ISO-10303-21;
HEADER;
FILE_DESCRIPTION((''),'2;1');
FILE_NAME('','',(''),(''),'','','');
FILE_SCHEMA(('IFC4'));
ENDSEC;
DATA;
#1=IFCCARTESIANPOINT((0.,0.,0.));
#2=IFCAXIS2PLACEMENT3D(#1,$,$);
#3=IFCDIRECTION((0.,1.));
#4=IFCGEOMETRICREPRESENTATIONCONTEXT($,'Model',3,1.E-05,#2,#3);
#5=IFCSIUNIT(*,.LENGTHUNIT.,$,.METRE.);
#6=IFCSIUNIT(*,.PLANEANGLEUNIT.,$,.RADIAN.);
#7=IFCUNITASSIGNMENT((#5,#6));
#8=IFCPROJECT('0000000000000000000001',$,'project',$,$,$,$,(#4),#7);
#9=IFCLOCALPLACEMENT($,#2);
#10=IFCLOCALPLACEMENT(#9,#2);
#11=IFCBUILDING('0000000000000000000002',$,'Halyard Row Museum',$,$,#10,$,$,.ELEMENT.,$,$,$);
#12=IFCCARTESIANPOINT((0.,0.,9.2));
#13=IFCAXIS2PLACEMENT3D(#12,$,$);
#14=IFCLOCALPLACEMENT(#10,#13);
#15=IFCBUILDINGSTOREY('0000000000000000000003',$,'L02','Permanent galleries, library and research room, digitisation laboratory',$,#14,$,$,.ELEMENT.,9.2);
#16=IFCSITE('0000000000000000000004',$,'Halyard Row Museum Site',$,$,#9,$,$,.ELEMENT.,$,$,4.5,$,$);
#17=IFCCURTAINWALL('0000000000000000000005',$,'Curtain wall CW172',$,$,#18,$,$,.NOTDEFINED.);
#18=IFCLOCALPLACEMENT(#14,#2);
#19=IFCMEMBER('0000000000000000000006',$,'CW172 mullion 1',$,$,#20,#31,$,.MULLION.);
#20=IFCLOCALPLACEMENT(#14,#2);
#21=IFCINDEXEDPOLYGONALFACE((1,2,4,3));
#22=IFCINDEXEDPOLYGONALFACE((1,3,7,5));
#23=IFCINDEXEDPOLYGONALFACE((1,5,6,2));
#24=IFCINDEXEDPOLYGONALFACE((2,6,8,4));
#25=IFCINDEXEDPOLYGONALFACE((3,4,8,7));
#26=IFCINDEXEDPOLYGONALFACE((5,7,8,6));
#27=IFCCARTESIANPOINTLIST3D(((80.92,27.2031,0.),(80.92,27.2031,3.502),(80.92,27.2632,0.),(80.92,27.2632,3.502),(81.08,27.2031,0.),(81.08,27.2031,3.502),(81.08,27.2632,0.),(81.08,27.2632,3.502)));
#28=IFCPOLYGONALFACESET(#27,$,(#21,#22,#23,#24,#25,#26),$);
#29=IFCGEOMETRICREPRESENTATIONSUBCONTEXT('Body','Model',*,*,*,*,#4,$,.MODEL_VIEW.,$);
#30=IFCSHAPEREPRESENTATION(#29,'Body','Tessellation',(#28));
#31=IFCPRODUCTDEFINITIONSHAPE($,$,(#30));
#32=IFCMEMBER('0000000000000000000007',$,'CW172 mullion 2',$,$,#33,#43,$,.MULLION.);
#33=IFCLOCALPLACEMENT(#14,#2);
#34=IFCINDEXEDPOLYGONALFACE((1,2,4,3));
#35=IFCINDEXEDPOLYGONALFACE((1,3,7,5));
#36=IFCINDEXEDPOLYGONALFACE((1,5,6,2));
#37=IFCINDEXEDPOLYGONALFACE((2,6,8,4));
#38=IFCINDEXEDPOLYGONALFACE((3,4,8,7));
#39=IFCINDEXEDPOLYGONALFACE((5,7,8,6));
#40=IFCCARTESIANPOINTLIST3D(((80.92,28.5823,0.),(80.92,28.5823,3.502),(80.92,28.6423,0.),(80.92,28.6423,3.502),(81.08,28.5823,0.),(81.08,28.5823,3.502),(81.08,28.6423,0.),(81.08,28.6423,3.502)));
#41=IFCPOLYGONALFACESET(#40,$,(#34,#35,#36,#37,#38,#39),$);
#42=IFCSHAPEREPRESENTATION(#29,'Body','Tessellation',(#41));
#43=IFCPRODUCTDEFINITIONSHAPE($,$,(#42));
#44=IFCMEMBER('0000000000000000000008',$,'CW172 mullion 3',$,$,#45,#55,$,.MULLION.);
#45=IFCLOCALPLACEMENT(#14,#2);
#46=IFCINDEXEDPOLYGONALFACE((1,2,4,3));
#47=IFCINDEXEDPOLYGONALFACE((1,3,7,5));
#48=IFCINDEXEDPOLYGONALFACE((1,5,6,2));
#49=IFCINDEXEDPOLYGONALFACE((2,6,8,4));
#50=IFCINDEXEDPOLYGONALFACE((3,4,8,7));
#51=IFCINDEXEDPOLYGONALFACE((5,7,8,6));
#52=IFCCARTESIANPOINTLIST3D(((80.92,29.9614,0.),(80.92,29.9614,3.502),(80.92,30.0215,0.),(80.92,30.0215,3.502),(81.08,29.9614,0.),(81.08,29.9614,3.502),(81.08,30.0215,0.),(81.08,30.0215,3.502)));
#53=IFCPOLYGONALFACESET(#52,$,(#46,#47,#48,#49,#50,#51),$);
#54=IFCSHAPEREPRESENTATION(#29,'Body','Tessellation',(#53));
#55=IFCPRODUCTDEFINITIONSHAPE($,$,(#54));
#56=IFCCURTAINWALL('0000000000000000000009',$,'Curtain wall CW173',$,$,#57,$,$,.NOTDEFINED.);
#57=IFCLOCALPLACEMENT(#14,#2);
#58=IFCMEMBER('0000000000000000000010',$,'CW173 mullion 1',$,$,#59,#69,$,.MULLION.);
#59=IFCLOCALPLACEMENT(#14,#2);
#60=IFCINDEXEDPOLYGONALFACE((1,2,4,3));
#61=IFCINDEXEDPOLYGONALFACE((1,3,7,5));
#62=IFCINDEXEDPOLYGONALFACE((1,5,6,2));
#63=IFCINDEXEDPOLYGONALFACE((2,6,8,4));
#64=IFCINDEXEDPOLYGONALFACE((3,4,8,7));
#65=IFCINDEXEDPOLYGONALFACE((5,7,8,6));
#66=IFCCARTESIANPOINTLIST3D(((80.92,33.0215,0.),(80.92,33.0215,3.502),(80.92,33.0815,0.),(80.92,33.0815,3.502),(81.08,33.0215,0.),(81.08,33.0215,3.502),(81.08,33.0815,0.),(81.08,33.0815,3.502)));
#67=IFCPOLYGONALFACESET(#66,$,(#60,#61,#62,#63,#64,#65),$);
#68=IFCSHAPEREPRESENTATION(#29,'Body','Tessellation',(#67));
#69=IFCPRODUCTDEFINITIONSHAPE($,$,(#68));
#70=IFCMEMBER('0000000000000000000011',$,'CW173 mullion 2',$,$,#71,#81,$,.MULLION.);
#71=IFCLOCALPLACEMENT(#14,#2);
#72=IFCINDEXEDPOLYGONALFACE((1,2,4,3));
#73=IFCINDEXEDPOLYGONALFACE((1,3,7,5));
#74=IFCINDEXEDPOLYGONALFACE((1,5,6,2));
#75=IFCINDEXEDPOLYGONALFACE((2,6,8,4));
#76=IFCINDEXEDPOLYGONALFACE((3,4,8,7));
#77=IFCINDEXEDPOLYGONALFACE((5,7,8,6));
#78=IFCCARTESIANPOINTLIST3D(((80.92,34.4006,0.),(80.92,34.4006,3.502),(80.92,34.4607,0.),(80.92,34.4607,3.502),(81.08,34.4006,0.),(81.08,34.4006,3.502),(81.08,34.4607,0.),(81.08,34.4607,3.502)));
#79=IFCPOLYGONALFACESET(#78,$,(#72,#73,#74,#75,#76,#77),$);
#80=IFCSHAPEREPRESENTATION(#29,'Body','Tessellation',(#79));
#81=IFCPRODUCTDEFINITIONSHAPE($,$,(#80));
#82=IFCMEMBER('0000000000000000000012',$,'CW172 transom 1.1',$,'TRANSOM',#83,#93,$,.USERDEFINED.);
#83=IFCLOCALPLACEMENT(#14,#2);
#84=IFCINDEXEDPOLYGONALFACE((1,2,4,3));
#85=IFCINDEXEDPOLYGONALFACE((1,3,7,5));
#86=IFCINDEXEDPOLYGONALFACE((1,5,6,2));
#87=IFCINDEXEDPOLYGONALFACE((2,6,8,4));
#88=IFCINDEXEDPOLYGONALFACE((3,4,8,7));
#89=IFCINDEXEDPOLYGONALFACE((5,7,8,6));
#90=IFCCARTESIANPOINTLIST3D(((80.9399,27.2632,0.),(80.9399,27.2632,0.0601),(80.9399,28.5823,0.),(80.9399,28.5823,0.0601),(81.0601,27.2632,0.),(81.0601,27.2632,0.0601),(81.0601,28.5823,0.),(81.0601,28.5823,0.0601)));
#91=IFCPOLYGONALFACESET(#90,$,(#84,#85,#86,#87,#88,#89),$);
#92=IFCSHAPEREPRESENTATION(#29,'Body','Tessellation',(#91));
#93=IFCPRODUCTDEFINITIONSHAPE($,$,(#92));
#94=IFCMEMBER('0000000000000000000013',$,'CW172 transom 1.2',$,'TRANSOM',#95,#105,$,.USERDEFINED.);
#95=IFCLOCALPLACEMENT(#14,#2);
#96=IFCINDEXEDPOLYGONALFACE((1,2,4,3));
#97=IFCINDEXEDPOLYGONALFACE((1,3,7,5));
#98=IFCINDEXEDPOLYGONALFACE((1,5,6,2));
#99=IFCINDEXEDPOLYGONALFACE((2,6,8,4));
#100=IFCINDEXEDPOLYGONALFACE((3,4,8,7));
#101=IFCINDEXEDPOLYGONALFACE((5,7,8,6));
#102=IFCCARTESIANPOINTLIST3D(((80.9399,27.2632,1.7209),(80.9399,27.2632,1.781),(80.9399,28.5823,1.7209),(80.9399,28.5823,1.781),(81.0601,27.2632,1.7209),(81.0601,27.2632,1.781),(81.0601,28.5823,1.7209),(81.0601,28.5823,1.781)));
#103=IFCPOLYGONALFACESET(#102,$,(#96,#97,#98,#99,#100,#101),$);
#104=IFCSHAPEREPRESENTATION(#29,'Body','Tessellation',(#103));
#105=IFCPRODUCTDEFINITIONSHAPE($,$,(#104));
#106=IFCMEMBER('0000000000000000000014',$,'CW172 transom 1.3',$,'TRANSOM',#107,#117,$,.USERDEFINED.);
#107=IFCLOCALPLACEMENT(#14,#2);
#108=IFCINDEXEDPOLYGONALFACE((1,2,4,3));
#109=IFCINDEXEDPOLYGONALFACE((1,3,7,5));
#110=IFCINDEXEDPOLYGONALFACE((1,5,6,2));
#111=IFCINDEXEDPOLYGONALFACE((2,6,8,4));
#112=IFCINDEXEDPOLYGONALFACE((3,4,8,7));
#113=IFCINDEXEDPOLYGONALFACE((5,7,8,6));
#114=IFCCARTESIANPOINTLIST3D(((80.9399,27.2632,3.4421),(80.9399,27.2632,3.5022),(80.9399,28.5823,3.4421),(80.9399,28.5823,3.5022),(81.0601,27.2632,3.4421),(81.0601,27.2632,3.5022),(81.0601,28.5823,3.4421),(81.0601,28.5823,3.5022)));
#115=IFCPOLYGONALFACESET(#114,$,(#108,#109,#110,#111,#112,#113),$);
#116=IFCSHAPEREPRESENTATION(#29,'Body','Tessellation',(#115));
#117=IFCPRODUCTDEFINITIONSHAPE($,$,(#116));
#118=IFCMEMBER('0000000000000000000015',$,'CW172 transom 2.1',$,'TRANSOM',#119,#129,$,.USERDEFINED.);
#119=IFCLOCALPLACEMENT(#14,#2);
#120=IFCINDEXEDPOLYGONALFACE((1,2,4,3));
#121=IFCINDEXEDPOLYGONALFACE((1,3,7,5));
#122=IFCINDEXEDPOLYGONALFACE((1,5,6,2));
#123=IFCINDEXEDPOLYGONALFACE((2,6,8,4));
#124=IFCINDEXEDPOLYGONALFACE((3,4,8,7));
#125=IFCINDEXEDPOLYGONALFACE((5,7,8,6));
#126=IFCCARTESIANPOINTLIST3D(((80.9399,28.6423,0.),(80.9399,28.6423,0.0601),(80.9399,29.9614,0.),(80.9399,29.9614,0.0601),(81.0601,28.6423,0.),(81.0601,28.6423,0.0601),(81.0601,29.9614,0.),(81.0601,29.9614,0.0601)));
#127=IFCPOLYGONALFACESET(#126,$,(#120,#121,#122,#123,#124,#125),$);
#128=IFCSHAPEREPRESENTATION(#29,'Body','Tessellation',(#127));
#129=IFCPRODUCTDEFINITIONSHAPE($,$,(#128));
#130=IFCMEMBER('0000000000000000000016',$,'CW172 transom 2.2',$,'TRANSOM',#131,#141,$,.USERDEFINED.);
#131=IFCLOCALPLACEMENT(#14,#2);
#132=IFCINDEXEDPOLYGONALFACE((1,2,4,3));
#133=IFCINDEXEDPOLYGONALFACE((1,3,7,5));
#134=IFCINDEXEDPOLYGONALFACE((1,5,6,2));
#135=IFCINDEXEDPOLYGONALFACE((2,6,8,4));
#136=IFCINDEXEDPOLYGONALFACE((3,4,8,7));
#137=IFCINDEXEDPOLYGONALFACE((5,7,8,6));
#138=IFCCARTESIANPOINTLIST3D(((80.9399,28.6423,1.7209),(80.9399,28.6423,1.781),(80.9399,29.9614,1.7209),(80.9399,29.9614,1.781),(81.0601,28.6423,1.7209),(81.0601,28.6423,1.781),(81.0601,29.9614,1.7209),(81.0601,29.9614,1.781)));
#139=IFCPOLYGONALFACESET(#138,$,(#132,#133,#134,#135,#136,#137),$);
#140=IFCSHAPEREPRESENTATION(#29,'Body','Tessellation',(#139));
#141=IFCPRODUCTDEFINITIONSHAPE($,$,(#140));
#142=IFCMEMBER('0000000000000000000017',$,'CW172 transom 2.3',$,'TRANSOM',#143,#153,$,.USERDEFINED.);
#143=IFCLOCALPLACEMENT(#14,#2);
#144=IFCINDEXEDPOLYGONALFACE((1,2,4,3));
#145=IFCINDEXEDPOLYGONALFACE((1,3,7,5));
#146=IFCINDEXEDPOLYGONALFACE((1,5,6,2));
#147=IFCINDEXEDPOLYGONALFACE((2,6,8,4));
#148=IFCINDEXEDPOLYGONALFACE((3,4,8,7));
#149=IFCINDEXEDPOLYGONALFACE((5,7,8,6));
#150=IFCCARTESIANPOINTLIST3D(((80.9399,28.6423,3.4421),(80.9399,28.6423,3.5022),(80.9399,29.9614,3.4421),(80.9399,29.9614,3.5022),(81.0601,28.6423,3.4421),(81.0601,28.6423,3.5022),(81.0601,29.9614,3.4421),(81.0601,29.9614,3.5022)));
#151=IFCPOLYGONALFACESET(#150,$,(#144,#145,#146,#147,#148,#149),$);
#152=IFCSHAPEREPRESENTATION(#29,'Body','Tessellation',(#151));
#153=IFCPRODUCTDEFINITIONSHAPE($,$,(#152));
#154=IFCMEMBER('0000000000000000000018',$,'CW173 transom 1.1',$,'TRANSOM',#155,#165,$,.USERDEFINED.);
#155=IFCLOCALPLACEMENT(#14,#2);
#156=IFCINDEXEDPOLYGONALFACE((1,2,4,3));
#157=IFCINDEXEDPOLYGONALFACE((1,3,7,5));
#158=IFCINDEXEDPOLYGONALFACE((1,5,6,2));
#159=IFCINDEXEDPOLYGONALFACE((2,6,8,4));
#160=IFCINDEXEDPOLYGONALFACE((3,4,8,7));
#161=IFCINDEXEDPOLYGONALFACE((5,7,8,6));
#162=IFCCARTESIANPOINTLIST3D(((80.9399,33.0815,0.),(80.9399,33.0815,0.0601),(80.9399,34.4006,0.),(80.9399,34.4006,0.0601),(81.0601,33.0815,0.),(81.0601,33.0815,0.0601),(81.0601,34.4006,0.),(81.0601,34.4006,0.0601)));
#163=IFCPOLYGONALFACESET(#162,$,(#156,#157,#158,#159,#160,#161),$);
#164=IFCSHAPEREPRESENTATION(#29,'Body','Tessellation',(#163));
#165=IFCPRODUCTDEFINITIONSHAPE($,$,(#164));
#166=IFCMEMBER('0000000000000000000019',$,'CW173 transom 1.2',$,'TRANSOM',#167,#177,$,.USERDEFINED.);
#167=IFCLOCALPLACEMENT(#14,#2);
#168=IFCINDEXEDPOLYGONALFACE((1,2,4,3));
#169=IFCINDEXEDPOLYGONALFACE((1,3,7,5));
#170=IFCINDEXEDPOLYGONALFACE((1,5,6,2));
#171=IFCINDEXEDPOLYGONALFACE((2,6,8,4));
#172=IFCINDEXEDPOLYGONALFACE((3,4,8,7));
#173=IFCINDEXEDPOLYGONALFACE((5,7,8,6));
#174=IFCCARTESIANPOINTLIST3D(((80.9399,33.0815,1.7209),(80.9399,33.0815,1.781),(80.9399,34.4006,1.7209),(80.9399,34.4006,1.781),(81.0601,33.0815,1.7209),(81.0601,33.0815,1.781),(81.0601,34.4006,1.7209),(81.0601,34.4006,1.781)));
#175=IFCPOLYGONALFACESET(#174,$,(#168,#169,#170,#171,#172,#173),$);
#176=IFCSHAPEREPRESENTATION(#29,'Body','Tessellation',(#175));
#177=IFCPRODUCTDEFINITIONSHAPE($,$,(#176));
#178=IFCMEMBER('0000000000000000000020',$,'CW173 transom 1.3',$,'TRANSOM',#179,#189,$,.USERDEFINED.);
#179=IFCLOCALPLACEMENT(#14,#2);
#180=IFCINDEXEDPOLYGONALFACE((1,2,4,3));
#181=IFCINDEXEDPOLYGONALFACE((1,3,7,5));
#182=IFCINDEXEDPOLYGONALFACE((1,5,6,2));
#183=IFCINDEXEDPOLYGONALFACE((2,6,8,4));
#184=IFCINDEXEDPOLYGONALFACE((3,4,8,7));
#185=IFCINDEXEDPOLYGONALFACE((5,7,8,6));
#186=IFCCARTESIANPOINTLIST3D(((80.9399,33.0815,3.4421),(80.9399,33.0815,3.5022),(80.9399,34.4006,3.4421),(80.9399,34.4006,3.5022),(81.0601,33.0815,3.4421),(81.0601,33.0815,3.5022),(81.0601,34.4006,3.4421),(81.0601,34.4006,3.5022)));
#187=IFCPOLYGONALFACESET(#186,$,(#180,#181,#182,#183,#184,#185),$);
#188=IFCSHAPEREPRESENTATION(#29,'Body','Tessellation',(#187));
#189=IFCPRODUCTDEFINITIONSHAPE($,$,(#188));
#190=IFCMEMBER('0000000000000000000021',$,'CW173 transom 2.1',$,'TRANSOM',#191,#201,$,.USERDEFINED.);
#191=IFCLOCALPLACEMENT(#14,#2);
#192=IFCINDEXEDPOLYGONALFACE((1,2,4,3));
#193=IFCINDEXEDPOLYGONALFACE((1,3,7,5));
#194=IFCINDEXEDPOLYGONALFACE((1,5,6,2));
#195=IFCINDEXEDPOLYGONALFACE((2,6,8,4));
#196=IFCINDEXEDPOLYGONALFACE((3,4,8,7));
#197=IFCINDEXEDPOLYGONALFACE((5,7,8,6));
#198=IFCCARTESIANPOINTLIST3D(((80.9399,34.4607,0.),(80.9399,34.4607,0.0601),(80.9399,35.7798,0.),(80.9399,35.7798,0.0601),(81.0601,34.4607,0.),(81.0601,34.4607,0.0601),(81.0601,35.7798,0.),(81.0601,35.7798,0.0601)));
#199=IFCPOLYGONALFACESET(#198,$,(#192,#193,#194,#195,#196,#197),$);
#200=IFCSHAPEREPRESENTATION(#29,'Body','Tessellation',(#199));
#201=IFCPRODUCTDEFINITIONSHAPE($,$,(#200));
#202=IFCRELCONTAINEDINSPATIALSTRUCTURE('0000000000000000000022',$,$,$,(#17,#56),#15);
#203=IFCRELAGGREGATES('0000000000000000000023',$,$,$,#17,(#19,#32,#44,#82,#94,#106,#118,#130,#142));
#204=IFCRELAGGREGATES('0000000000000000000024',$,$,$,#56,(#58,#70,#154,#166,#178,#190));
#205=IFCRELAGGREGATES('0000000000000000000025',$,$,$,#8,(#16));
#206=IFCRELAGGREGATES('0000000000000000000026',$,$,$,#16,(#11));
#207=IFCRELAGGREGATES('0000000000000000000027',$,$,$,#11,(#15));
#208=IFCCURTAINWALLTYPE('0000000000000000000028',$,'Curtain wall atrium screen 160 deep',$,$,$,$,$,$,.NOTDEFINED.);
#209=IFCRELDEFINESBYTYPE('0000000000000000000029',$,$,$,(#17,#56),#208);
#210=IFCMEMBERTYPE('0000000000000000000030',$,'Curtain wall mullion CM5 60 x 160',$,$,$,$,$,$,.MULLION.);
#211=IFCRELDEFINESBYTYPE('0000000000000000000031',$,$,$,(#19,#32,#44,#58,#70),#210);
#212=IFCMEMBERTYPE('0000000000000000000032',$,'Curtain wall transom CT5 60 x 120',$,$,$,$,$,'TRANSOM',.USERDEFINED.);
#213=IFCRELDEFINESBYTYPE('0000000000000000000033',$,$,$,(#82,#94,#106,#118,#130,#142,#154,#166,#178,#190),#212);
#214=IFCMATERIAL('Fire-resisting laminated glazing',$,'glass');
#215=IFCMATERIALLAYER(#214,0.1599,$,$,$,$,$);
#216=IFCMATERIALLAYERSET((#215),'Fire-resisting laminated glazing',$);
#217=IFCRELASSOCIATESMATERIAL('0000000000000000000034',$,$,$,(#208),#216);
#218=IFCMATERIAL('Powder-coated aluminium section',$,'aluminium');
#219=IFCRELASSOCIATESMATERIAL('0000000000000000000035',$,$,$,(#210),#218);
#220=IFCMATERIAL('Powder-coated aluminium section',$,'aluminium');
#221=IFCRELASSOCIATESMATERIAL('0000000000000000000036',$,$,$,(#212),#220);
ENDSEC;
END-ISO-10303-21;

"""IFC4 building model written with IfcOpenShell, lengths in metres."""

from ifc_helpers import new_model, si_unit, direction, frame, origin, origin_2d, place, context, subcontext, project, spatial, rectangle, extrude, material, layer, layer_set, material_profile, profile_set, type_object, element, aggregate, save


model = new_model("IFC4")

# Units and contexts
model_context = context("Model", 3, precision=1e-05, world=origin(), true_north=direction((0.0, 1.0)))
body_context = subcontext(model_context, "Body", "Model", "MODEL_VIEW")
ifc_project = project(units=[si_unit("LENGTHUNIT", "METRE"), si_unit("PLANEANGLEUNIT", "RADIAN")], contexts=[model_context])

# Site, building, storey
site_placement = place(None, origin())
site = spatial("IfcSite", under=ifc_project, at=site_placement, Name="Halyard Row Museum Site", CompositionType="ELEMENT", RefElevation=4.5)
building_placement = place(site_placement, origin())
building = spatial("IfcBuilding", under=site, at=building_placement, Name="Halyard Row Museum", CompositionType="ELEMENT")
storey_placement = place(building_placement, frame((0.0, 0.0, 9.2)))
storey = spatial("IfcBuildingStorey", under=building, at=storey_placement, Name="L02", Description="Permanent galleries, library and research room, digitisation laboratory", CompositionType="ELEMENT", Elevation=9.2)

# Curtain walls, members
ifc_material_1 = material(Name="Fire-resisting laminated glazing", Category="glass")
ifc_layer_1 = layer(ifc_material_1, 0.1599)
ifc_layer_set_1 = layer_set([ifc_layer_1], Name="Fire-resisting laminated glazing")
curtain_wall_type = type_object("IfcCurtainWallType", Name="Curtain wall atrium screen 160 deep", PredefinedType="NOTDEFINED", material=ifc_layer_set_1)
curtain_wall_1_placement = place(storey_placement, origin())
curtain_wall_1 = element("IfcCurtainWall", 1, at=curtain_wall_1_placement, inside=storey, type_object=curtain_wall_type, Name="Curtain wall CW172", PredefinedType="NOTDEFINED")
ifc_material_2 = material(Name="Powder-coated aluminium section", Category="aluminium")
ifc_material_profile_1 = material_profile(ifc_material_2, rectangle(XDim=0.1599, YDim=0.0601, at=origin_2d()), Name="160x60 mullion")
ifc_profile_set_1 = profile_set([ifc_material_profile_1], Name="Powder-coated aluminium section")
member_type_1 = type_object("IfcMemberType", Name="Curtain wall mullion CM5 60 x 160", PredefinedType="MULLION", material=ifc_profile_set_1)
member_1_placement = place(storey_placement, frame((81.0, 27.2332, 0.0), z_axis=(0.0, 0.0, 1.0), x_axis=(-1.0, 0.0, 0.0)))
member_1 = element("IfcMember", 2, at=member_1_placement, type_object=member_type_1, Name="CW172 mullion 1", PredefinedType="MULLION", context=body_context, shape_type="SweptSolid", body=[
    extrude(rectangle(XDim=0.1599, YDim=0.0601, at=origin_2d()), origin(), (0.0, 0.0, 1.0), 3.502),
])
member_2_placement = place(storey_placement, frame((81.0, 28.6123, 0.0), z_axis=(0.0, 0.0, 1.0), x_axis=(-1.0, 0.0, 0.0)))
member_2 = element("IfcMember", 3, at=member_2_placement, type_object=member_type_1, Name="CW172 mullion 2", PredefinedType="MULLION", context=body_context, shape_type="SweptSolid", body=[
    extrude(rectangle(XDim=0.1599, YDim=0.0601, at=origin_2d()), origin(), (0.0, 0.0, 1.0), 3.502),
])
member_3_placement = place(storey_placement, frame((81.0, 29.9915, 0.0), z_axis=(0.0, 0.0, 1.0), x_axis=(-1.0, 0.0, 0.0)))
member_3 = element("IfcMember", 4, at=member_3_placement, type_object=member_type_1, Name="CW172 mullion 3", PredefinedType="MULLION", context=body_context, shape_type="SweptSolid", body=[
    extrude(rectangle(XDim=0.1599, YDim=0.0601, at=origin_2d()), origin(), (0.0, 0.0, 1.0), 3.502),
])
curtain_wall_2_placement = place(storey_placement, origin())
curtain_wall_2 = element("IfcCurtainWall", 5, at=curtain_wall_2_placement, inside=storey, type_object=curtain_wall_type, Name="Curtain wall CW173", PredefinedType="NOTDEFINED")
member_4_placement = place(storey_placement, frame((81.0, 33.0515, 0.0), z_axis=(0.0, 0.0, 1.0), x_axis=(-1.0, 0.0, 0.0)))
member_4 = element("IfcMember", 6, at=member_4_placement, type_object=member_type_1, Name="CW173 mullion 1", PredefinedType="MULLION", context=body_context, shape_type="SweptSolid", body=[
    extrude(rectangle(XDim=0.1599, YDim=0.0601, at=origin_2d()), origin(), (0.0, 0.0, 1.0), 3.502),
])
member_5_placement = place(storey_placement, frame((81.0, 34.4307, 0.0), z_axis=(0.0, 0.0, 1.0), x_axis=(-1.0, 0.0, 0.0)))
member_5 = element("IfcMember", 7, at=member_5_placement, type_object=member_type_1, Name="CW173 mullion 2", PredefinedType="MULLION", context=body_context, shape_type="SweptSolid", body=[
    extrude(rectangle(XDim=0.1599, YDim=0.0601, at=origin_2d()), origin(), (0.0, 0.0, 1.0), 3.502),
])

# Members
ifc_material_3 = material(Name="Powder-coated aluminium section", Category="aluminium")
ifc_material_profile_2 = material_profile(ifc_material_3, rectangle(XDim=0.1201, YDim=0.0601, at=origin_2d()), Name="120x60 transom")
ifc_profile_set_2 = profile_set([ifc_material_profile_2], Name="Powder-coated aluminium section")
member_type_2 = type_object("IfcMemberType", Name="Curtain wall transom CT5 60 x 120", ElementType="TRANSOM", PredefinedType="USERDEFINED", material=ifc_profile_set_2)
member_6_placement = place(storey_placement, frame((81.0, 27.2632, 0.03), z_axis=(0.0, 1.0, 0.0), x_axis=(-1.0, 0.0, 0.0)))
member_6 = element("IfcMember", 8, at=member_6_placement, type_object=member_type_2, Name="CW172 transom 1.1", ObjectType="TRANSOM", PredefinedType="USERDEFINED", context=body_context, shape_type="SweptSolid", body=[
    extrude(rectangle(XDim=0.1201, YDim=0.0601, at=origin_2d()), origin(), (0.0, 0.0, 1.0), 1.3191),
])
member_7_placement = place(storey_placement, frame((81.0, 27.2632, 1.751), z_axis=(0.0, 1.0, 0.0), x_axis=(-1.0, 0.0, 0.0)))
member_7 = element("IfcMember", 9, at=member_7_placement, type_object=member_type_2, Name="CW172 transom 1.2", ObjectType="TRANSOM", PredefinedType="USERDEFINED", context=body_context, shape_type="SweptSolid", body=[
    extrude(rectangle(XDim=0.1201, YDim=0.0601, at=origin_2d()), origin(), (0.0, 0.0, 1.0), 1.3191),
])
member_8_placement = place(storey_placement, frame((81.0, 27.2632, 3.4722), z_axis=(0.0, 1.0, 0.0), x_axis=(-1.0, 0.0, 0.0)))
member_8 = element("IfcMember", 10, at=member_8_placement, type_object=member_type_2, Name="CW172 transom 1.3", ObjectType="TRANSOM", PredefinedType="USERDEFINED", context=body_context, shape_type="SweptSolid", body=[
    extrude(rectangle(XDim=0.1201, YDim=0.0601, at=origin_2d()), origin(), (0.0, 0.0, 1.0), 1.3191),
])
member_9_placement = place(storey_placement, frame((81.0, 28.6423, 0.03), z_axis=(0.0, 1.0, 0.0), x_axis=(-1.0, 0.0, 0.0)))
member_9 = element("IfcMember", 11, at=member_9_placement, type_object=member_type_2, Name="CW172 transom 2.1", ObjectType="TRANSOM", PredefinedType="USERDEFINED", context=body_context, shape_type="SweptSolid", body=[
    extrude(rectangle(XDim=0.1201, YDim=0.0601, at=origin_2d()), origin(), (0.0, 0.0, 1.0), 1.3191),
])
member_10_placement = place(storey_placement, frame((81.0, 28.6423, 1.751), z_axis=(0.0, 1.0, 0.0), x_axis=(-1.0, 0.0, 0.0)))
member_10 = element("IfcMember", 12, at=member_10_placement, type_object=member_type_2, Name="CW172 transom 2.2", ObjectType="TRANSOM", PredefinedType="USERDEFINED", context=body_context, shape_type="SweptSolid", body=[
    extrude(rectangle(XDim=0.1201, YDim=0.0601, at=origin_2d()), origin(), (0.0, 0.0, 1.0), 1.3191),
])
member_11_placement = place(storey_placement, frame((81.0, 28.6423, 3.4722), z_axis=(0.0, 1.0, 0.0), x_axis=(-1.0, 0.0, 0.0)))
member_11 = element("IfcMember", 13, at=member_11_placement, type_object=member_type_2, Name="CW172 transom 2.3", ObjectType="TRANSOM", PredefinedType="USERDEFINED", context=body_context, shape_type="SweptSolid", body=[
    extrude(rectangle(XDim=0.1201, YDim=0.0601, at=origin_2d()), origin(), (0.0, 0.0, 1.0), 1.3191),
])
member_12_placement = place(storey_placement, frame((81.0, 33.0815, 0.03), z_axis=(0.0, 1.0, 0.0), x_axis=(-1.0, 0.0, 0.0)))
member_12 = element("IfcMember", 14, at=member_12_placement, type_object=member_type_2, Name="CW173 transom 1.1", ObjectType="TRANSOM", PredefinedType="USERDEFINED", context=body_context, shape_type="SweptSolid", body=[
    extrude(rectangle(XDim=0.1201, YDim=0.0601, at=origin_2d()), origin(), (0.0, 0.0, 1.0), 1.3191),
])
member_13_placement = place(storey_placement, frame((81.0, 33.0815, 1.751), z_axis=(0.0, 1.0, 0.0), x_axis=(-1.0, 0.0, 0.0)))
member_13 = element("IfcMember", 15, at=member_13_placement, type_object=member_type_2, Name="CW173 transom 1.2", ObjectType="TRANSOM", PredefinedType="USERDEFINED", context=body_context, shape_type="SweptSolid", body=[
    extrude(rectangle(XDim=0.1201, YDim=0.0601, at=origin_2d()), origin(), (0.0, 0.0, 1.0), 1.3191),
])
member_14_placement = place(storey_placement, frame((81.0, 33.0815, 3.4722), z_axis=(0.0, 1.0, 0.0), x_axis=(-1.0, 0.0, 0.0)))
member_14 = element("IfcMember", 16, at=member_14_placement, type_object=member_type_2, Name="CW173 transom 1.3", ObjectType="TRANSOM", PredefinedType="USERDEFINED", context=body_context, shape_type="SweptSolid", body=[
    extrude(rectangle(XDim=0.1201, YDim=0.0601, at=origin_2d()), origin(), (0.0, 0.0, 1.0), 1.3191),
])
member_15_placement = place(storey_placement, frame((81.0, 34.4607, 0.03), z_axis=(0.0, 1.0, 0.0), x_axis=(-1.0, 0.0, 0.0)))
member_15 = element("IfcMember", 17, at=member_15_placement, type_object=member_type_2, Name="CW173 transom 2.1", ObjectType="TRANSOM", PredefinedType="USERDEFINED", context=body_context, shape_type="SweptSolid", body=[
    extrude(rectangle(XDim=0.1201, YDim=0.0601, at=origin_2d()), origin(), (0.0, 0.0, 1.0), 1.3191),
])

aggregate(curtain_wall_1, [member_1, member_2, member_3, member_6, member_7, member_8, member_9, member_10, member_11])
aggregate(curtain_wall_2, [member_4, member_5, member_12, member_13, member_14, member_15])

save(model, "model.ifc")
